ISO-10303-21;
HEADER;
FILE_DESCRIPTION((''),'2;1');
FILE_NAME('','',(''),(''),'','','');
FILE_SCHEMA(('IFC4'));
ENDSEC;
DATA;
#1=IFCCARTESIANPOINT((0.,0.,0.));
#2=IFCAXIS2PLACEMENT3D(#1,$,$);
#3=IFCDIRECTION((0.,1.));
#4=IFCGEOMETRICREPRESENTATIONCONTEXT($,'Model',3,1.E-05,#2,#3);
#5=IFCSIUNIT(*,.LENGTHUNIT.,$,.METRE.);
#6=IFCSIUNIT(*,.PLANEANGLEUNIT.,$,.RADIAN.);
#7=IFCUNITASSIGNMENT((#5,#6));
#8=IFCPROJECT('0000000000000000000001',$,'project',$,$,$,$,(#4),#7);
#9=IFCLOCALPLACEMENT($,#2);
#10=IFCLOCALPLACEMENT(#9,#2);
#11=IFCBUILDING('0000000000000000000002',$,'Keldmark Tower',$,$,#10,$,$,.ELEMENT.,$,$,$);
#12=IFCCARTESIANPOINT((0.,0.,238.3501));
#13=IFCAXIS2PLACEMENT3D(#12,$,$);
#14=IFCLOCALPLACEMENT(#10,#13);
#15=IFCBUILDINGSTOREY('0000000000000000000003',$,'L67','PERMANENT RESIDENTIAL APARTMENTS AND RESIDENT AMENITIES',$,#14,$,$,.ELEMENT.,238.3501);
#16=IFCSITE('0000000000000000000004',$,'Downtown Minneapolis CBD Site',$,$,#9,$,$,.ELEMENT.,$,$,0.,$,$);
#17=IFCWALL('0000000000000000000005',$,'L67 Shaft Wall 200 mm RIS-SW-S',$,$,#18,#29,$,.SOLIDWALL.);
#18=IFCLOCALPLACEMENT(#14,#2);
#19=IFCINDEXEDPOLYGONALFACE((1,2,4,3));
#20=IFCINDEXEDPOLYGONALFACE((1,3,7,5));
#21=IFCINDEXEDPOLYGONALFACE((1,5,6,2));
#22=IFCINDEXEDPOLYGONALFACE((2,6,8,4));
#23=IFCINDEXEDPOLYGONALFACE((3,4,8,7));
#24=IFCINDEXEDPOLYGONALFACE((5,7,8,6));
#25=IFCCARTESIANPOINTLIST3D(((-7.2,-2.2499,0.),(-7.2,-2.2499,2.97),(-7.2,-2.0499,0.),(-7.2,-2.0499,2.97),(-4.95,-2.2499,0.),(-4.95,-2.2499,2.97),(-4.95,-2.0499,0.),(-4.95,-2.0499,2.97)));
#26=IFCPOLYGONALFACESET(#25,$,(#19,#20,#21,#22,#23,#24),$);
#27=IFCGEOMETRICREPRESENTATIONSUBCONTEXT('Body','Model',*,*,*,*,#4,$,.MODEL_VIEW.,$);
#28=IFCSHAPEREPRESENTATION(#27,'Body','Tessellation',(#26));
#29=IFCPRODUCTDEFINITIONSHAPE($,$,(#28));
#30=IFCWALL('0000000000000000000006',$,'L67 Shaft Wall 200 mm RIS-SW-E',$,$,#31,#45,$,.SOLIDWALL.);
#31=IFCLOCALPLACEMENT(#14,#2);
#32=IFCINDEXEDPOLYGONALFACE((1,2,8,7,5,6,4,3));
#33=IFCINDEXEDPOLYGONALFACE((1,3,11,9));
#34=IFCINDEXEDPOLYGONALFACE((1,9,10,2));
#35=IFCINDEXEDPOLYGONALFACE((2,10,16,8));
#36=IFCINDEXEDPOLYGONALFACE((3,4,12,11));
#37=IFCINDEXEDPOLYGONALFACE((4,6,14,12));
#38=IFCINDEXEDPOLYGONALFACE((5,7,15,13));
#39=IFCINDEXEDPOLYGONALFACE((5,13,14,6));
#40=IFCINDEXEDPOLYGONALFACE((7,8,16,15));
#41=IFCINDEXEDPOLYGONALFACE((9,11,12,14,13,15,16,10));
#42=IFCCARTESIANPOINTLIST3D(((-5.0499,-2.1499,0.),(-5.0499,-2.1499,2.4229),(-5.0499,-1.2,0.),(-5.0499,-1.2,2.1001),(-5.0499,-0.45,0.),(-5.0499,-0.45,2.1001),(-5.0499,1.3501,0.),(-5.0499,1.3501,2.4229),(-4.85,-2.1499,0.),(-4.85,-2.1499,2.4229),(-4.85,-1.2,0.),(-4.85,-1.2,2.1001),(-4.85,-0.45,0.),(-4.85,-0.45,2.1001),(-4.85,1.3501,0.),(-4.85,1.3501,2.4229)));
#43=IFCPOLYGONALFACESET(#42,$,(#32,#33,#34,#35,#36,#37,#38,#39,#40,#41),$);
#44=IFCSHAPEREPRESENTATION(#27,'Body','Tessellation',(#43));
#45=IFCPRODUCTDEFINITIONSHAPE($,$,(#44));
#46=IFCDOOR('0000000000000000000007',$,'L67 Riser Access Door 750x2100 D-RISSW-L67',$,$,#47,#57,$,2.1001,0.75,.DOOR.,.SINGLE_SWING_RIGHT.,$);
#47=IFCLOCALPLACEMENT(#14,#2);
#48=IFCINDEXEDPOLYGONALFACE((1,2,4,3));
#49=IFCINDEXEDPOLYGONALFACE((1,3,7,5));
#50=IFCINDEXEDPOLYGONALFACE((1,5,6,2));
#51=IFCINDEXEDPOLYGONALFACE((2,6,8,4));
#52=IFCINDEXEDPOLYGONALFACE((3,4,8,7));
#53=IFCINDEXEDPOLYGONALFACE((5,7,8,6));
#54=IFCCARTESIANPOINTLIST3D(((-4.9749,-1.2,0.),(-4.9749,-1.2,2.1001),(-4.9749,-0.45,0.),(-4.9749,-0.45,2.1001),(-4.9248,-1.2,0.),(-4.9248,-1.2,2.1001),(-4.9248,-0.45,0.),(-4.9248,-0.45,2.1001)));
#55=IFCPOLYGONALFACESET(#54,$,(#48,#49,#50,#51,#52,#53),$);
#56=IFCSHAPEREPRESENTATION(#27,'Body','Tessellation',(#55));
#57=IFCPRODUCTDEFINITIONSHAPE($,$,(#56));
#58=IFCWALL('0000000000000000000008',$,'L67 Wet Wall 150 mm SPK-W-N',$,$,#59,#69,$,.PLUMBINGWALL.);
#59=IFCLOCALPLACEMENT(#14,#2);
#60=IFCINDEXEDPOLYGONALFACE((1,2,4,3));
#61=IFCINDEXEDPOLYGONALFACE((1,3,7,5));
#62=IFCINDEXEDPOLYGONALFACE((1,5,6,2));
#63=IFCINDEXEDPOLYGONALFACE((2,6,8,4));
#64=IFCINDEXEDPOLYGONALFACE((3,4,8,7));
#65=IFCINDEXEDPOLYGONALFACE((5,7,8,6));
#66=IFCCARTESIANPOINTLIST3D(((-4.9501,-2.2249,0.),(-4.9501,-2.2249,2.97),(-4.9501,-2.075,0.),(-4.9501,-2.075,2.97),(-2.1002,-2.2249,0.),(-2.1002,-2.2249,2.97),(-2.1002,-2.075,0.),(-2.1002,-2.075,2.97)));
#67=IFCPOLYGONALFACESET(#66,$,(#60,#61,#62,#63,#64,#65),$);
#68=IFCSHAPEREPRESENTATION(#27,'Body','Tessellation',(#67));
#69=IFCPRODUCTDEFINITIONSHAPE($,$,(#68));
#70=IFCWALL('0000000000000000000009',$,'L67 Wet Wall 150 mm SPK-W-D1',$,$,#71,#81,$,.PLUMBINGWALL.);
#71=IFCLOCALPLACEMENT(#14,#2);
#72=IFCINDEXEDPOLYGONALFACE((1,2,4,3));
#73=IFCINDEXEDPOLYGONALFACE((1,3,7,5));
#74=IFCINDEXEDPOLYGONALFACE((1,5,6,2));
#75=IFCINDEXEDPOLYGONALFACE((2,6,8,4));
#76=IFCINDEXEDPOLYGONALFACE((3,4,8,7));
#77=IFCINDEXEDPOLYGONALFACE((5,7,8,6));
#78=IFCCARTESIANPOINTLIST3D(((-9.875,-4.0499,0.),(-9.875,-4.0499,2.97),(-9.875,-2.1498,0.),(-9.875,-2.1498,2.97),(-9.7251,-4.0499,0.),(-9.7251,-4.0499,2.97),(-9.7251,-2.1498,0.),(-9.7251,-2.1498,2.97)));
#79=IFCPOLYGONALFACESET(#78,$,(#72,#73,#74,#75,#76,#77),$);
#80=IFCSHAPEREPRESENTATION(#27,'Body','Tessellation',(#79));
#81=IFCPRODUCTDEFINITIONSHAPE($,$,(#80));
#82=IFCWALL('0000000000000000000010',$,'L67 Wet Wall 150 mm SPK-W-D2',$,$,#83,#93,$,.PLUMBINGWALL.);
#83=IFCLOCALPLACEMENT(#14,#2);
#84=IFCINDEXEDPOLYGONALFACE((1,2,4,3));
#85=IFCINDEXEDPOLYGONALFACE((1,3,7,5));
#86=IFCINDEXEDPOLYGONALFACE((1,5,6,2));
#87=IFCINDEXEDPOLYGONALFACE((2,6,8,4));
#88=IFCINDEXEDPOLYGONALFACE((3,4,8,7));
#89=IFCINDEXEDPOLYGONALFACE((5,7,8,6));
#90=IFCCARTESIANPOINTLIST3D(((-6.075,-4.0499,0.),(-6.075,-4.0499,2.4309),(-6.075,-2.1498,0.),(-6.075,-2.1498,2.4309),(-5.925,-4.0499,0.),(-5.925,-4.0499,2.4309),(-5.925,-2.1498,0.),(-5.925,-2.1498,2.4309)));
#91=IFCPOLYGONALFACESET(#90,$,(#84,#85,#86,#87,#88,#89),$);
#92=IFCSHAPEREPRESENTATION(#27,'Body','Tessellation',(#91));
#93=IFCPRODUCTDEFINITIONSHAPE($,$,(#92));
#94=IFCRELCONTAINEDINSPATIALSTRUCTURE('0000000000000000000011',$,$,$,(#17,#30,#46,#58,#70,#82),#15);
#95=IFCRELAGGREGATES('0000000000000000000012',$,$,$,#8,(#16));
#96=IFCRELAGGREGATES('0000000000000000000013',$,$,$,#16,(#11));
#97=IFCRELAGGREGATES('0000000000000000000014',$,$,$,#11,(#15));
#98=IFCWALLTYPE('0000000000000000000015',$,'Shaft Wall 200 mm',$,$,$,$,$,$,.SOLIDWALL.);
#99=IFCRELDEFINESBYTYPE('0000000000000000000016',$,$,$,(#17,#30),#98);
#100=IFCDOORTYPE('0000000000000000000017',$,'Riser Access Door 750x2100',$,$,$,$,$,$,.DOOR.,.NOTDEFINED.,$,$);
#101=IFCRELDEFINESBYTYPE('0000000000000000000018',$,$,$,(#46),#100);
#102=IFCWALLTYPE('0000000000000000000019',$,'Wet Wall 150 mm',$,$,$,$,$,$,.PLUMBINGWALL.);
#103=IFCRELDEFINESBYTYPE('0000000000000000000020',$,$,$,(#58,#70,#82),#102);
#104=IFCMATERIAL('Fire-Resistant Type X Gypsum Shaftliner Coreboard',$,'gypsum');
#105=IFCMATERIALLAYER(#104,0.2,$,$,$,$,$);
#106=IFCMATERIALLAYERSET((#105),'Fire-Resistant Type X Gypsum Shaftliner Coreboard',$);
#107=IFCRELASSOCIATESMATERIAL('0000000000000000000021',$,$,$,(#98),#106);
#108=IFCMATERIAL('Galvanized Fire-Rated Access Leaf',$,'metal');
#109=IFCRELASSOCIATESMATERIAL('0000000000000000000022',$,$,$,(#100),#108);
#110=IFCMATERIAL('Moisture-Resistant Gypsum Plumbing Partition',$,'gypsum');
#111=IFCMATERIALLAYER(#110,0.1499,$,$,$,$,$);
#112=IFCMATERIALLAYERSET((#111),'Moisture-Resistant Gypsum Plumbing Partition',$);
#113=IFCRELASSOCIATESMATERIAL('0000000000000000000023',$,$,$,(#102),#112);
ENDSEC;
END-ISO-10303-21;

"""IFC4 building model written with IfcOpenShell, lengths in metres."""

from ifc_helpers import new_model, si_unit, direction, frame, frame_2d, origin, place, context, subcontext, project, spatial, rectangle, extrude, material, layer, layer_set, type_object, element, fill, save


model = new_model("IFC4")

# Units and contexts
model_context = context("Model", 3, precision=1e-05, world=origin(), true_north=direction((0.0, 1.0)))
body_context = subcontext(model_context, "Body", "Model", "MODEL_VIEW")
ifc_project = project(units=[si_unit("LENGTHUNIT", "METRE"), si_unit("PLANEANGLEUNIT", "RADIAN")], contexts=[model_context])

# Site, building, storey
site_placement = place(None, origin())
site = spatial("IfcSite", under=ifc_project, at=site_placement, Name="Downtown Minneapolis CBD Site", CompositionType="ELEMENT", RefElevation=0.0)
building_placement = place(site_placement, origin())
building = spatial("IfcBuilding", under=site, at=building_placement, Name="Keldmark Tower", CompositionType="ELEMENT")
storey_placement = place(building_placement, frame((0.0, 0.0, 238.3501)))
storey = spatial("IfcBuildingStorey", under=building, at=storey_placement, Name="L67", Description="PERMANENT RESIDENTIAL APARTMENTS AND RESIDENT AMENITIES", CompositionType="ELEMENT", Elevation=238.3501)

# Wall
ifc_material_1 = material(Name="Fire-Resistant Type X Gypsum Shaftliner Coreboard", Category="gypsum")
ifc_layer_1 = layer(ifc_material_1, 0.2)
ifc_layer_set_1 = layer_set([ifc_layer_1], Name="Fire-Resistant Type X Gypsum Shaftliner Coreboard")
wall_type_1 = type_object("IfcWallType", Name="Shaft Wall 200 mm", PredefinedType="SOLIDWALL", material=ifc_layer_set_1)
wall_1_placement = place(storey_placement, frame((-7.2, -2.1499, 0.0), z_axis=(0.0, 0.0, 1.0), x_axis=(1.0, 0.0, 0.0)))
element("IfcWall", 1, at=wall_1_placement, inside=storey, type_object=wall_type_1, Name="L67 Shaft Wall 200 mm RIS-SW-S", PredefinedType="SOLIDWALL", context=body_context, shape_type="SweptSolid", body=[
    extrude(rectangle(XDim=2.25, YDim=0.2, at=frame_2d((1.125, 0.0))), origin(), (0.0, 0.0, 1.0), 2.97),
])

# Wall, opening, door
wall_2_placement = place(storey_placement, frame((-4.95, -2.1499, 0.0), z_axis=(0.0, 0.0, 1.0), x_axis=(0.0, 1.0, 0.0)))
wall_2 = element("IfcWall", 2, at=wall_2_placement, inside=storey, type_object=wall_type_1, Name="L67 Shaft Wall 200 mm RIS-SW-E", PredefinedType="SOLIDWALL", context=body_context, shape_type="SweptSolid", body=[
    extrude(rectangle(XDim=3.5, YDim=0.2, at=frame_2d((1.75, 0.0))), origin(), (0.0, 0.0, 1.0), 2.4229),
])
opening_1_placement = place(wall_2_placement, frame((0.95, 0.0, 0.0)))
opening_1 = element("IfcOpeningElement", 3, at=opening_1_placement, cuts=wall_2, PredefinedType="OPENING", context=body_context, shape_type="SweptSolid", body=[
    extrude(rectangle(XDim=0.75, YDim=2.1001, at=frame_2d((0.375, 1.05))), frame((0.0, 0.1099, 0.0), z_axis=(0.0, -1.0, 0.0), x_axis=(1.0, 0.0, 0.0)), (0.0, 0.0, 1.0), 0.22),
])
ifc_material_2 = material(Name="Galvanized Fire-Rated Access Leaf", Category="metal")
door_type_1 = type_object("IfcDoorType", Name="Riser Access Door 750x2100", OperationType="NOTDEFINED", PredefinedType="DOOR", material=ifc_material_2)
door_1_placement = place(opening_1_placement, origin())
door_1 = element("IfcDoor", 4, at=door_1_placement, inside=storey, type_object=door_type_1, Name="L67 Riser Access Door 750x2100 D-RISSW-L67", OperationType="SINGLE_SWING_RIGHT", OverallHeight=2.1001, OverallWidth=0.75, PredefinedType="DOOR", context=body_context, shape_type="SweptSolid", body=[
    extrude(rectangle(XDim=0.75, YDim=2.1001, at=frame_2d((0.375, 1.05))), frame((0.0, 0.0249, 0.0), z_axis=(0.0, -1.0, 0.0), x_axis=(1.0, 0.0, 0.0)), (0.0, 0.0, 1.0), 0.05),
])
fill(opening_1, door_1)

# Walls
ifc_material_3 = material(Name="Moisture-Resistant Gypsum Plumbing Partition", Category="gypsum")
ifc_layer_2 = layer(ifc_material_3, 0.1499)
ifc_layer_set_2 = layer_set([ifc_layer_2], Name="Moisture-Resistant Gypsum Plumbing Partition")
wall_type_2 = type_object("IfcWallType", Name="Wet Wall 150 mm", PredefinedType="PLUMBINGWALL", material=ifc_layer_set_2)
wall_3_placement = place(storey_placement, frame((-4.95, -2.1499, 0.0), z_axis=(0.0, 0.0, 1.0), x_axis=(1.0, 0.0, 0.0)))
element("IfcWall", 5, at=wall_3_placement, inside=storey, type_object=wall_type_2, Name="L67 Wet Wall 150 mm SPK-W-N", PredefinedType="PLUMBINGWALL", context=body_context, shape_type="SweptSolid", body=[
    extrude(rectangle(XDim=2.8499, YDim=0.1499, at=frame_2d((1.4248, 0.0))), origin(), (0.0, 0.0, 1.0), 2.97),
])
wall_4_placement = place(storey_placement, frame((-9.8, -4.05, 0.0), z_axis=(0.0, 0.0, 1.0), x_axis=(0.0, 1.0, 0.0)))
element("IfcWall", 6, at=wall_4_placement, inside=storey, type_object=wall_type_2, Name="L67 Wet Wall 150 mm SPK-W-D1", PredefinedType="PLUMBINGWALL", context=body_context, shape_type="SweptSolid", body=[
    extrude(rectangle(XDim=1.9001, YDim=0.1499, at=frame_2d((0.9502, 0.0))), origin(), (0.0, 0.0, 1.0), 2.97),
])
wall_5_placement = place(storey_placement, frame((-6.0, -4.05, 0.0), z_axis=(0.0, 0.0, 1.0), x_axis=(0.0, 1.0, 0.0)))
element("IfcWall", 7, at=wall_5_placement, inside=storey, type_object=wall_type_2, Name="L67 Wet Wall 150 mm SPK-W-D2", PredefinedType="PLUMBINGWALL", context=body_context, shape_type="SweptSolid", body=[
    extrude(rectangle(XDim=1.9001, YDim=0.1499, at=frame_2d((0.9502, 0.0))), origin(), (0.0, 0.0, 1.0), 2.4309),
])

save(model, "model.ifc")
